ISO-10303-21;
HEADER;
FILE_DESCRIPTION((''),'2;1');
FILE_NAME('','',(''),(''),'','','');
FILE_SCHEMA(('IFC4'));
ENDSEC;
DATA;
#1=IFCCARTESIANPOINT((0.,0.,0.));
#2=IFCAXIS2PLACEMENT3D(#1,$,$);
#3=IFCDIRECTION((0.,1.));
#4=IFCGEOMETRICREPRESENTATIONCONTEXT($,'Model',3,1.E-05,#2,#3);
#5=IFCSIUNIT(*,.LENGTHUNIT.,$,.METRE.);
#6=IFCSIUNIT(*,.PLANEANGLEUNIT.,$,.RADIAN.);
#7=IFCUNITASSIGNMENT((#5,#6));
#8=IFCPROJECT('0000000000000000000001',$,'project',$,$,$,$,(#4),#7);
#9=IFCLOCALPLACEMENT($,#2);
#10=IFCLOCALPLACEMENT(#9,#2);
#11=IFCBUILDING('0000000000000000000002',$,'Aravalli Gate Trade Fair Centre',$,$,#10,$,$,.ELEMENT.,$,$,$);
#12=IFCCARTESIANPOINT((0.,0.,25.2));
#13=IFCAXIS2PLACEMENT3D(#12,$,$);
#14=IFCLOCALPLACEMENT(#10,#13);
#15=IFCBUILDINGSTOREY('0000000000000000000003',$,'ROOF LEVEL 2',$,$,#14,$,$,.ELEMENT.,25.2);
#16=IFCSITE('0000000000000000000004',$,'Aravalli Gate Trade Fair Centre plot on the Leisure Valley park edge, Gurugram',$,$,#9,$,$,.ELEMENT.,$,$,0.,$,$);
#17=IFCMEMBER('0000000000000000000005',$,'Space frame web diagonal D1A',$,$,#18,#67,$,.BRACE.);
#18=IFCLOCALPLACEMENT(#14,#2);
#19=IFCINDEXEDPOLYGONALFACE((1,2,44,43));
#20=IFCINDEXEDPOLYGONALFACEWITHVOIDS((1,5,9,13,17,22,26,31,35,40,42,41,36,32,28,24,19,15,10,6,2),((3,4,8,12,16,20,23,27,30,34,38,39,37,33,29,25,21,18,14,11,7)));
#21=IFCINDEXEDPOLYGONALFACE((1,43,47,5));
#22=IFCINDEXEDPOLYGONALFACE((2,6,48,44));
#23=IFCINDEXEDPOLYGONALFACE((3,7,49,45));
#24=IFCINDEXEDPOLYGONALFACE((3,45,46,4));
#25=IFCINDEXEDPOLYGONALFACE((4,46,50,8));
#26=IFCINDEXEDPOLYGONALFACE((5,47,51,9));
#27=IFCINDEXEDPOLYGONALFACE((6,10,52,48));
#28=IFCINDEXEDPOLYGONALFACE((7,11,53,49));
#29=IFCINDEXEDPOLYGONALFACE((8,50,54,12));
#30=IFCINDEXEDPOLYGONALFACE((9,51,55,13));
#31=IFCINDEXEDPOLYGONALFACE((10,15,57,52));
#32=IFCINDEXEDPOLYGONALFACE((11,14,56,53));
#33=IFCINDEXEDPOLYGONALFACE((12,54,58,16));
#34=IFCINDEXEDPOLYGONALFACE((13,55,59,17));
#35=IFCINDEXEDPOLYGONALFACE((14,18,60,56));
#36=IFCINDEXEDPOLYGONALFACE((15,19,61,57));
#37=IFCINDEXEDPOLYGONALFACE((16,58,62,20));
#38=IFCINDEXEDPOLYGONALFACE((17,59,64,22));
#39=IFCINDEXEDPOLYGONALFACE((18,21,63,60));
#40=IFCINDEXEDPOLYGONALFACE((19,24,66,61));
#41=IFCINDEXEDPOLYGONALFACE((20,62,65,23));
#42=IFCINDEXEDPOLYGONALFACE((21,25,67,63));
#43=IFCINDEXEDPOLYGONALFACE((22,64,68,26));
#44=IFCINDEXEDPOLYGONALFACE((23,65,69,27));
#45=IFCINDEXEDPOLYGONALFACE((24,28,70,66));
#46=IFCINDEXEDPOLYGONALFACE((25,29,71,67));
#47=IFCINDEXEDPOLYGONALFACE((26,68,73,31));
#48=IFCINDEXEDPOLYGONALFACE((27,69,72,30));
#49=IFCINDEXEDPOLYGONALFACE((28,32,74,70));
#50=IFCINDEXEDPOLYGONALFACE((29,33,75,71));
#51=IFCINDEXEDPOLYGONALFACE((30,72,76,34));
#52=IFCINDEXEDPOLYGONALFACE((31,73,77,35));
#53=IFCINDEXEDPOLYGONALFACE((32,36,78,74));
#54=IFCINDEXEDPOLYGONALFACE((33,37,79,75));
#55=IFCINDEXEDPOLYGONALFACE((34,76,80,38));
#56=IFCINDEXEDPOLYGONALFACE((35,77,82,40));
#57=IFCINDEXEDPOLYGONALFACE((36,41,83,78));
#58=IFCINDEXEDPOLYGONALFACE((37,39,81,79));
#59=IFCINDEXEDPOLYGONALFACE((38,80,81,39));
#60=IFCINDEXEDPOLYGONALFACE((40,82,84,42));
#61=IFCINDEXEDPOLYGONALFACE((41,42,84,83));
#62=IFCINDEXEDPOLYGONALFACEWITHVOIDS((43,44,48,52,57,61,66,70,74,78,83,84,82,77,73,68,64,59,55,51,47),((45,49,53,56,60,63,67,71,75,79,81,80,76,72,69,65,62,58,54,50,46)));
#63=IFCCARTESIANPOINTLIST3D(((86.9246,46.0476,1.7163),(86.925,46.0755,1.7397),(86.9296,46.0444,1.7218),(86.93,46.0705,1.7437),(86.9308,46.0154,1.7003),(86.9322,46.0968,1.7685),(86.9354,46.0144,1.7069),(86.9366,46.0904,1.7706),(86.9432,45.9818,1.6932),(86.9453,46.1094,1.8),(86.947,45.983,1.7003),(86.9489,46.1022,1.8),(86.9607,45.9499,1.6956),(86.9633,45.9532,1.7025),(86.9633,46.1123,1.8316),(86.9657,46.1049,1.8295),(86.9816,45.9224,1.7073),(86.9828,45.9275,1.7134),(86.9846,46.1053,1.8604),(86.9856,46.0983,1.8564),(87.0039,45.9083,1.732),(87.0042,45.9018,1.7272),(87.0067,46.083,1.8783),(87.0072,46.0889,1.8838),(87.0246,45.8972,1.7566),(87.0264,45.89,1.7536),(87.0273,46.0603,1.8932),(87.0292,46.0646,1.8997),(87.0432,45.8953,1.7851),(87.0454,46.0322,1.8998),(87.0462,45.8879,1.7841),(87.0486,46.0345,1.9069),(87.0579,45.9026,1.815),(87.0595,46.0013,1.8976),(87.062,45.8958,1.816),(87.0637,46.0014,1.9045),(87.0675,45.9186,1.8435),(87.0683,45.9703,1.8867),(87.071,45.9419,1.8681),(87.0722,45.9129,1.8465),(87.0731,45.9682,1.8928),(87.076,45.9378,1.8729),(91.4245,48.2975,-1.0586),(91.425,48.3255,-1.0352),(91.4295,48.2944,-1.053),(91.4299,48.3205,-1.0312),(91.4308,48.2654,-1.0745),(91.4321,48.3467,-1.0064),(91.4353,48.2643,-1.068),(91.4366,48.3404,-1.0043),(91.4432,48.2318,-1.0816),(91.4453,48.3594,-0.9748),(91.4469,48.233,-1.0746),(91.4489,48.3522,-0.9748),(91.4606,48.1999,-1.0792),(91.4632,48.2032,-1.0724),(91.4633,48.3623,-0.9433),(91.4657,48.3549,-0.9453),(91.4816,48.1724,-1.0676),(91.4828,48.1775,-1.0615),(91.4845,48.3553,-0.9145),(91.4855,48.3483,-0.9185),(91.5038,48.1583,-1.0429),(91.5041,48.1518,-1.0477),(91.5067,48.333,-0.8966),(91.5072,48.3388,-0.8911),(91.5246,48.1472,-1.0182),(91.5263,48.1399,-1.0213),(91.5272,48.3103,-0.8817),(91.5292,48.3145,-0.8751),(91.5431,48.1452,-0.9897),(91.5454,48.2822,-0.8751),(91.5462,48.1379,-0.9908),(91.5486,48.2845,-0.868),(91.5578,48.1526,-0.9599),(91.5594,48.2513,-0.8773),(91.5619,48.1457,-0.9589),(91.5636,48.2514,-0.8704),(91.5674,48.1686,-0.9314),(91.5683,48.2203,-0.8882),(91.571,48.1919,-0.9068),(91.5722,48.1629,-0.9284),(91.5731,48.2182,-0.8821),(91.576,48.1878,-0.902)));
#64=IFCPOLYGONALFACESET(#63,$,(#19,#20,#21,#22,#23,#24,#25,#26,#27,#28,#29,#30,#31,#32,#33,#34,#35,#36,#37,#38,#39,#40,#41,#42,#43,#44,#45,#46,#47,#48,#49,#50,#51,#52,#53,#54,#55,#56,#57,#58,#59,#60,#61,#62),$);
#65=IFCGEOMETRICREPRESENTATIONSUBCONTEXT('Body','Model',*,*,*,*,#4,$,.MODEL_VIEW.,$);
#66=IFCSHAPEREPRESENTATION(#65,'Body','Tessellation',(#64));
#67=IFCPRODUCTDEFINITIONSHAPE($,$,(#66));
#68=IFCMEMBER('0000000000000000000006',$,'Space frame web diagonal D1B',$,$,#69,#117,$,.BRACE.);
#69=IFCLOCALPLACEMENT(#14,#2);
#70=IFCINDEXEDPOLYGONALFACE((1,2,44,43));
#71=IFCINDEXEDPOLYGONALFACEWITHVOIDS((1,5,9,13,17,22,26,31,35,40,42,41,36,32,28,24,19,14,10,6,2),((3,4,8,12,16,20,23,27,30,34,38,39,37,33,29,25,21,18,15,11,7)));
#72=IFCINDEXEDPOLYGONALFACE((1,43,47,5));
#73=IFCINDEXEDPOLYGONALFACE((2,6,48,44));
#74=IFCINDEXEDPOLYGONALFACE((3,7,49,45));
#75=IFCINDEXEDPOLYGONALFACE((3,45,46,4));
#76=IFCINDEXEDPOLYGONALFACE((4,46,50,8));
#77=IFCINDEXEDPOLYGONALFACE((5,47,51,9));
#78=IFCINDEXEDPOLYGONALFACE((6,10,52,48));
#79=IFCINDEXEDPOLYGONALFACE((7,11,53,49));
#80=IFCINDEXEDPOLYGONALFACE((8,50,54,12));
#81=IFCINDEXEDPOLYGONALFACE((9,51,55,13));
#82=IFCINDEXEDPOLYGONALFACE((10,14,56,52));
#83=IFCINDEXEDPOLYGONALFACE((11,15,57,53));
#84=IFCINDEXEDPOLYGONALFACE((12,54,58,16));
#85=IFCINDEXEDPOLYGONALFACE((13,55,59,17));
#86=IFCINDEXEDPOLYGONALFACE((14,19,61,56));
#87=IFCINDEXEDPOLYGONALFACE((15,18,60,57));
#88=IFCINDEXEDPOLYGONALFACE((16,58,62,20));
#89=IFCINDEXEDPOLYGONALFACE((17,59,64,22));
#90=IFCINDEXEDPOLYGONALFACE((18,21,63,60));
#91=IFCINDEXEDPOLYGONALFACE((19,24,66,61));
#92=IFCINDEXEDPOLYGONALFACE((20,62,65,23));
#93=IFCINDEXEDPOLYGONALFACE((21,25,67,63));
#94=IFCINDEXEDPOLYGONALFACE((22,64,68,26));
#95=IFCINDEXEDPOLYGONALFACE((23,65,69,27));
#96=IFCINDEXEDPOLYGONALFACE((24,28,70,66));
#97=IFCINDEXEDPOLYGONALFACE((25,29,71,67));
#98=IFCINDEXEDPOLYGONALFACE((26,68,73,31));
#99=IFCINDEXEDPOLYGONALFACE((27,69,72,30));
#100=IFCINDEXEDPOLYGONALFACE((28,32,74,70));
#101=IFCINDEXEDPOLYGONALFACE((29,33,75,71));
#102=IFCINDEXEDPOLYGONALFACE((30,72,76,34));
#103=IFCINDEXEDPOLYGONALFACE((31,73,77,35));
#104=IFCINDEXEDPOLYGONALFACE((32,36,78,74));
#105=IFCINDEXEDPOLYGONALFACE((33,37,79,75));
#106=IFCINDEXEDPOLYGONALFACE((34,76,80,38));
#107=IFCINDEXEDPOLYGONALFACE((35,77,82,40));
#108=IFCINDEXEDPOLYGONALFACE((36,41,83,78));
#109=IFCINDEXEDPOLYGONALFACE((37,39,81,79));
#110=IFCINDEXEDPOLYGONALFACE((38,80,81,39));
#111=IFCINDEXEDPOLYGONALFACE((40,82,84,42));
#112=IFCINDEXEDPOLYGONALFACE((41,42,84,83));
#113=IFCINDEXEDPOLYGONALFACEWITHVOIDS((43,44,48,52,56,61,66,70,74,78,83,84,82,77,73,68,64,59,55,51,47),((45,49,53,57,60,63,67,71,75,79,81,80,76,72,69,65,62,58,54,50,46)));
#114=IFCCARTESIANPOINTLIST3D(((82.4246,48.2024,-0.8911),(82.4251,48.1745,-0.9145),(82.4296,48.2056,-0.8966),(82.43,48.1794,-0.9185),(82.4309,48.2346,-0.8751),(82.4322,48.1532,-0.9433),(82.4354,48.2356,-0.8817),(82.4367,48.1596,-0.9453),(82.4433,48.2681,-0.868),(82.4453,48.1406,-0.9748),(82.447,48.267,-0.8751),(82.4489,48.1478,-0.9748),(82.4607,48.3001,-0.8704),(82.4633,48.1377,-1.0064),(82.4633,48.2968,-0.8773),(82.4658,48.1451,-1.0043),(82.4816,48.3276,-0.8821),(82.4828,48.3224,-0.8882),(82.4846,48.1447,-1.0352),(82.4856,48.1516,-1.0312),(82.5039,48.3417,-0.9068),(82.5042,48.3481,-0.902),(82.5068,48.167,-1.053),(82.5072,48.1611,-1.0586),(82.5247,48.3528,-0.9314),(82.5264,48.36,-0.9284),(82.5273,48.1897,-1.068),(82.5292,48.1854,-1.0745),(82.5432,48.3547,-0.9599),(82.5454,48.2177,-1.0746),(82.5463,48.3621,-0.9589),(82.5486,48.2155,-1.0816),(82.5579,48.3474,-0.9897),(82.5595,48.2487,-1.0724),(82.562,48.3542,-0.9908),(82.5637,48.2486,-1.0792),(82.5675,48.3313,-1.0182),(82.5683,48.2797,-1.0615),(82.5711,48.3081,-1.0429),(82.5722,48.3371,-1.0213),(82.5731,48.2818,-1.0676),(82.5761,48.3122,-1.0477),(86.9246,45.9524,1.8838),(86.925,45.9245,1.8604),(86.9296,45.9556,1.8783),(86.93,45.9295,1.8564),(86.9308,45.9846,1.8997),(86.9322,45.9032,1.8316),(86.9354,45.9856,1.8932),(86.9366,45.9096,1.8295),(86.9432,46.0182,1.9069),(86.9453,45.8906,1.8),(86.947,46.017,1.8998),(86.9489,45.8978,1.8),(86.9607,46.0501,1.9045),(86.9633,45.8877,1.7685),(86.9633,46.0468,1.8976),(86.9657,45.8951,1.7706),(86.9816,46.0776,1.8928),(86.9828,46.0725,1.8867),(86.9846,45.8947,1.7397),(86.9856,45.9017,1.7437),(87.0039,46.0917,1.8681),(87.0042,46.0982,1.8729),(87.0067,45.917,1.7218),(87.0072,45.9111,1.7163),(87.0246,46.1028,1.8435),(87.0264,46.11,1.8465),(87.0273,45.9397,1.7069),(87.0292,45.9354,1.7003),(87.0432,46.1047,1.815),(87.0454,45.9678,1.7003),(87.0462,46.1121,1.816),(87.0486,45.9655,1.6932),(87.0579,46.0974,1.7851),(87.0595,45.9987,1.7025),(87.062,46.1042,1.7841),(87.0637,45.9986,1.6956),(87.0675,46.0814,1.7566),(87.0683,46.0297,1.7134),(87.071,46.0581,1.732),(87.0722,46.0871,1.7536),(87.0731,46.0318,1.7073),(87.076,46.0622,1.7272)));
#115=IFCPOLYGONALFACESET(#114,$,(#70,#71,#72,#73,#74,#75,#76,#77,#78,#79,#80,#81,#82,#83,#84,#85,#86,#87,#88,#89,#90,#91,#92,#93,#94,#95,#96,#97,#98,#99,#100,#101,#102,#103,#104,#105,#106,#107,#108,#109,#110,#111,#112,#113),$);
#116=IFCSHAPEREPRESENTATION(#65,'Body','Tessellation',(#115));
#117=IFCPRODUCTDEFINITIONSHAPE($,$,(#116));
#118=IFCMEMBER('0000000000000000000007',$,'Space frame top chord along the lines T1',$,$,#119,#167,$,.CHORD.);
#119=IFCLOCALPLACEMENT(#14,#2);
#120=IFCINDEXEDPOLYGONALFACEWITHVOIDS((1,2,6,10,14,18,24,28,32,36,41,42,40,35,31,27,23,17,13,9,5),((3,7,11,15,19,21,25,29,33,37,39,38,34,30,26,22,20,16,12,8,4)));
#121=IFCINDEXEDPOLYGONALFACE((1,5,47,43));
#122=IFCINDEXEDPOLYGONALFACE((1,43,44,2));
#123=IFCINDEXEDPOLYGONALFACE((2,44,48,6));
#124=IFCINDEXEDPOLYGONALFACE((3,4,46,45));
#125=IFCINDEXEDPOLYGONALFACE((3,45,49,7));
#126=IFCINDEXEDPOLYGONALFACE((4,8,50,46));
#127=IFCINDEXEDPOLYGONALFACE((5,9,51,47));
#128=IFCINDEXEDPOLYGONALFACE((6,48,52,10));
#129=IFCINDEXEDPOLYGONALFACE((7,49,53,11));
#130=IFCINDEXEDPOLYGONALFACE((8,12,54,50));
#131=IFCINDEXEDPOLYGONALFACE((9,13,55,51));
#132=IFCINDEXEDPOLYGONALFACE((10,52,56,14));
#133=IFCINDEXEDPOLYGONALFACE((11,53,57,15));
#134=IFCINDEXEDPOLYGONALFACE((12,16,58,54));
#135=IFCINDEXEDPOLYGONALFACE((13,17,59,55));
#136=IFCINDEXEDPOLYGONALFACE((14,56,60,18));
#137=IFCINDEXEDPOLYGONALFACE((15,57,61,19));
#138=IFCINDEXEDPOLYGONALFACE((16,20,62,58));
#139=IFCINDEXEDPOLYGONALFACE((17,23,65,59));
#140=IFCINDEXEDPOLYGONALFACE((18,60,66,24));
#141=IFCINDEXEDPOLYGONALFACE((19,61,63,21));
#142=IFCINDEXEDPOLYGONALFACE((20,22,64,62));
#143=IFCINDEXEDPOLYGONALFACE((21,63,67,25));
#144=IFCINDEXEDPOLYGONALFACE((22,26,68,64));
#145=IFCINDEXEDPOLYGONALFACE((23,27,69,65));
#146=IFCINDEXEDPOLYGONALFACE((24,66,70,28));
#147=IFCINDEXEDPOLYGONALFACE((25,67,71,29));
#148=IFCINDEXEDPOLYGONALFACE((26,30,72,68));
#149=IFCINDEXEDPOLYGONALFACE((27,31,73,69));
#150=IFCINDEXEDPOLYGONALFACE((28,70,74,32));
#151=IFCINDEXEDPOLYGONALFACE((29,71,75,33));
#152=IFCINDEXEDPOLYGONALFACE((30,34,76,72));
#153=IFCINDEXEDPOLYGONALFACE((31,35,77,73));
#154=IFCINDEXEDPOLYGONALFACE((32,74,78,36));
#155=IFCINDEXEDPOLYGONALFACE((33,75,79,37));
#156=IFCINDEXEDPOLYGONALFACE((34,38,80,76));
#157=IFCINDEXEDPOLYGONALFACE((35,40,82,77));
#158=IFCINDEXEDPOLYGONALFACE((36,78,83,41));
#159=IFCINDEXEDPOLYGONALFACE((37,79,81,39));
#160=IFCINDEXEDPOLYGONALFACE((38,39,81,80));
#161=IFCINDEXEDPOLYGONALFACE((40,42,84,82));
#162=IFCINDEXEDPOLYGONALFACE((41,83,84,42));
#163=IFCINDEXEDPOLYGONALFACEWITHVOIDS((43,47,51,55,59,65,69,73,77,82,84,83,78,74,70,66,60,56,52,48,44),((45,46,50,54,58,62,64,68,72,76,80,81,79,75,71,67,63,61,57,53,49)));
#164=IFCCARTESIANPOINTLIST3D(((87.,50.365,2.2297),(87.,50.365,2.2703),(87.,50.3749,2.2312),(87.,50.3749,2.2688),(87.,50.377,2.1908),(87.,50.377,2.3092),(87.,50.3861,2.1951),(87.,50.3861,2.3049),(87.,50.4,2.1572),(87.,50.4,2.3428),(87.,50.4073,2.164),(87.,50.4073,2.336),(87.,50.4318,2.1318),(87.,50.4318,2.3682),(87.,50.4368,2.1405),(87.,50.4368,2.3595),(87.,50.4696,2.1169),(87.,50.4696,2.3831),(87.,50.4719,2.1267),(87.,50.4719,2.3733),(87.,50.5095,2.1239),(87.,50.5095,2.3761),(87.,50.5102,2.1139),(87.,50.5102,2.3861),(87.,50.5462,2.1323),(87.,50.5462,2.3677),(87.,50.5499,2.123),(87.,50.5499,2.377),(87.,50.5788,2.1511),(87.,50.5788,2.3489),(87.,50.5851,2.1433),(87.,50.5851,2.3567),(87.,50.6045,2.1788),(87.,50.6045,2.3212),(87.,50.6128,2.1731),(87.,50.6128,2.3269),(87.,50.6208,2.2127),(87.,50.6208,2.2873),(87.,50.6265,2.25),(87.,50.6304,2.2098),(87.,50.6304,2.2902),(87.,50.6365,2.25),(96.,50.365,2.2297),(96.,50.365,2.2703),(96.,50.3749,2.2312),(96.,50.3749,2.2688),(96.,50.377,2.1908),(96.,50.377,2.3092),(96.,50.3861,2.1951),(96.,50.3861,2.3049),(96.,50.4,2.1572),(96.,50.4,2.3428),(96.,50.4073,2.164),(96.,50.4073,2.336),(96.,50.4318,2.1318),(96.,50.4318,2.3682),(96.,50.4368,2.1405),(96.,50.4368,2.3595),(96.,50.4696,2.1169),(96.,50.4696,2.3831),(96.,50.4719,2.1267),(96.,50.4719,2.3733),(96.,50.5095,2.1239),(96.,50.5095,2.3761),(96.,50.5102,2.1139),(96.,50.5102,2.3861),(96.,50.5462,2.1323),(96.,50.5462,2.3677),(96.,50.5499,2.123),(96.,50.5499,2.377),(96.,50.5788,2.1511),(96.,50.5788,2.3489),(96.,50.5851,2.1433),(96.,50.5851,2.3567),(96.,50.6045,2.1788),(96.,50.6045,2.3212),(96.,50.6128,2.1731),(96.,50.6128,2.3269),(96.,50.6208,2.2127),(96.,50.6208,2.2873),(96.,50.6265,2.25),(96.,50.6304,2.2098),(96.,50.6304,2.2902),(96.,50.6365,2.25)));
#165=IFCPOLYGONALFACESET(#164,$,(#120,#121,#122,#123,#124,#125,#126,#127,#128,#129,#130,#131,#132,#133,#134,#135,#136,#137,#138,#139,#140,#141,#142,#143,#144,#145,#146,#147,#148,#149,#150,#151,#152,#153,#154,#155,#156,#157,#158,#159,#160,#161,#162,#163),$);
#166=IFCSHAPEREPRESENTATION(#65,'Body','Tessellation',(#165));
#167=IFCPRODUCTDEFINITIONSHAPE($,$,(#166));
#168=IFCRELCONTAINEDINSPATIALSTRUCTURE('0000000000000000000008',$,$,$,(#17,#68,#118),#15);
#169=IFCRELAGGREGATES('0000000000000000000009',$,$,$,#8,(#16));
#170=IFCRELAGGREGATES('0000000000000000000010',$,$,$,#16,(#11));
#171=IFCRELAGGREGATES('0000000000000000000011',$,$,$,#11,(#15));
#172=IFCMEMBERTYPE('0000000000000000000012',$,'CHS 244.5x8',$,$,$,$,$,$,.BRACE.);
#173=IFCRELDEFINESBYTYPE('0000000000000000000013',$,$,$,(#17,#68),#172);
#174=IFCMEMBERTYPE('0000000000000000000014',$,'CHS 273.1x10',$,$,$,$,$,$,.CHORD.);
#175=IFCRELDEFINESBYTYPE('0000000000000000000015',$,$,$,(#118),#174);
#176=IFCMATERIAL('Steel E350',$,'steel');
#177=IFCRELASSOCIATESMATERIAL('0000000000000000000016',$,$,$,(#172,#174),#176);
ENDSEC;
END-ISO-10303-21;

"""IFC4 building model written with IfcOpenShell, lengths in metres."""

from ifc_helpers import new_model, si_unit, direction, frame, origin, origin_2d, place, context, subcontext, project, spatial, hollow_circle, extrude, material, material_profile, profile_set, type_object, element, save


model = new_model("IFC4")

# Units and contexts
model_context = context("Model", 3, precision=1e-05, world=origin(), true_north=direction((0.0, 1.0)))
body_context = subcontext(model_context, "Body", "Model", "MODEL_VIEW")
ifc_project = project(units=[si_unit("LENGTHUNIT", "METRE"), si_unit("PLANEANGLEUNIT", "RADIAN")], contexts=[model_context])

# Site, building, storey
site_placement = place(None, origin())
site = spatial("IfcSite", under=ifc_project, at=site_placement, Name="Aravalli Gate Trade Fair Centre plot on the Leisure Valley park edge, Gurugram", CompositionType="ELEMENT", RefElevation=0.0)
building_placement = place(site_placement, origin())
building = spatial("IfcBuilding", under=site, at=building_placement, Name="Aravalli Gate Trade Fair Centre", CompositionType="ELEMENT")
storey_placement = place(building_placement, frame((0.0, 0.0, 25.2)))
storey = spatial("IfcBuildingStorey", under=building, at=storey_placement, Name="ROOF LEVEL 2", CompositionType="ELEMENT", Elevation=25.2)

# Members
ifc_material_1 = material(Name="Steel E350", Category="steel")
ifc_material_profile_1 = material_profile(ifc_material_1, hollow_circle(Radius=0.1223, WallThickness=0.0081, at=origin_2d()), Name="CHS 244.5x8")
ifc_profile_set_1 = profile_set([ifc_material_profile_1], Name="Steel E350")
member_type_1 = type_object("IfcMemberType", Name="CHS 244.5x8", PredefinedType="BRACE", material=ifc_profile_set_1)
for number, where, z_axis, x_axis, name in (
    (1, (87.0, 46.0, 1.8), (0.7832, 0.3916, -0.482956), (-0.447214, 0.894427, 0.0), "Space frame web diagonal D1A"),
    (2, (87.0, 46.0, 1.8), (-0.7832, 0.3916, -0.482956), (-0.447214, -0.894427, 0.0), "Space frame web diagonal D1B"),
):
    element("IfcMember", number, at=place(storey_placement, frame(where, z_axis=z_axis, x_axis=x_axis)), inside=storey, type_object=member_type_1, Name=name, PredefinedType="BRACE", context=body_context, shape_type="SweptSolid", body=[
        extrude(hollow_circle(Radius=0.1223, WallThickness=0.0081, at=origin_2d()), origin(), (0.0, 0.0, 1.0), 5.7456),
    ])
ifc_material_profile_2 = material_profile(ifc_material_1, hollow_circle(Radius=0.1365, WallThickness=0.01, at=origin_2d()), Name="CHS 273.1x10")
ifc_profile_set_2 = profile_set([ifc_material_profile_2], Name="Steel E350")
member_type_2 = type_object("IfcMemberType", Name="CHS 273.1x10", PredefinedType="CHORD", material=ifc_profile_set_2)
member_1_placement = place(storey_placement, frame((87.0, 50.5, 2.25), z_axis=(1.0, 0.0, 0.0), x_axis=(0.0, 1.0, 0.0)))
element("IfcMember", 3, at=member_1_placement, inside=storey, type_object=member_type_2, Name="Space frame top chord along the lines T1", PredefinedType="CHORD", context=body_context, shape_type="SweptSolid", body=[
    extrude(hollow_circle(Radius=0.1365, WallThickness=0.01, at=origin_2d()), origin(), (0.0, 0.0, 1.0), 9.0),
])

save(model, "model.ifc")
